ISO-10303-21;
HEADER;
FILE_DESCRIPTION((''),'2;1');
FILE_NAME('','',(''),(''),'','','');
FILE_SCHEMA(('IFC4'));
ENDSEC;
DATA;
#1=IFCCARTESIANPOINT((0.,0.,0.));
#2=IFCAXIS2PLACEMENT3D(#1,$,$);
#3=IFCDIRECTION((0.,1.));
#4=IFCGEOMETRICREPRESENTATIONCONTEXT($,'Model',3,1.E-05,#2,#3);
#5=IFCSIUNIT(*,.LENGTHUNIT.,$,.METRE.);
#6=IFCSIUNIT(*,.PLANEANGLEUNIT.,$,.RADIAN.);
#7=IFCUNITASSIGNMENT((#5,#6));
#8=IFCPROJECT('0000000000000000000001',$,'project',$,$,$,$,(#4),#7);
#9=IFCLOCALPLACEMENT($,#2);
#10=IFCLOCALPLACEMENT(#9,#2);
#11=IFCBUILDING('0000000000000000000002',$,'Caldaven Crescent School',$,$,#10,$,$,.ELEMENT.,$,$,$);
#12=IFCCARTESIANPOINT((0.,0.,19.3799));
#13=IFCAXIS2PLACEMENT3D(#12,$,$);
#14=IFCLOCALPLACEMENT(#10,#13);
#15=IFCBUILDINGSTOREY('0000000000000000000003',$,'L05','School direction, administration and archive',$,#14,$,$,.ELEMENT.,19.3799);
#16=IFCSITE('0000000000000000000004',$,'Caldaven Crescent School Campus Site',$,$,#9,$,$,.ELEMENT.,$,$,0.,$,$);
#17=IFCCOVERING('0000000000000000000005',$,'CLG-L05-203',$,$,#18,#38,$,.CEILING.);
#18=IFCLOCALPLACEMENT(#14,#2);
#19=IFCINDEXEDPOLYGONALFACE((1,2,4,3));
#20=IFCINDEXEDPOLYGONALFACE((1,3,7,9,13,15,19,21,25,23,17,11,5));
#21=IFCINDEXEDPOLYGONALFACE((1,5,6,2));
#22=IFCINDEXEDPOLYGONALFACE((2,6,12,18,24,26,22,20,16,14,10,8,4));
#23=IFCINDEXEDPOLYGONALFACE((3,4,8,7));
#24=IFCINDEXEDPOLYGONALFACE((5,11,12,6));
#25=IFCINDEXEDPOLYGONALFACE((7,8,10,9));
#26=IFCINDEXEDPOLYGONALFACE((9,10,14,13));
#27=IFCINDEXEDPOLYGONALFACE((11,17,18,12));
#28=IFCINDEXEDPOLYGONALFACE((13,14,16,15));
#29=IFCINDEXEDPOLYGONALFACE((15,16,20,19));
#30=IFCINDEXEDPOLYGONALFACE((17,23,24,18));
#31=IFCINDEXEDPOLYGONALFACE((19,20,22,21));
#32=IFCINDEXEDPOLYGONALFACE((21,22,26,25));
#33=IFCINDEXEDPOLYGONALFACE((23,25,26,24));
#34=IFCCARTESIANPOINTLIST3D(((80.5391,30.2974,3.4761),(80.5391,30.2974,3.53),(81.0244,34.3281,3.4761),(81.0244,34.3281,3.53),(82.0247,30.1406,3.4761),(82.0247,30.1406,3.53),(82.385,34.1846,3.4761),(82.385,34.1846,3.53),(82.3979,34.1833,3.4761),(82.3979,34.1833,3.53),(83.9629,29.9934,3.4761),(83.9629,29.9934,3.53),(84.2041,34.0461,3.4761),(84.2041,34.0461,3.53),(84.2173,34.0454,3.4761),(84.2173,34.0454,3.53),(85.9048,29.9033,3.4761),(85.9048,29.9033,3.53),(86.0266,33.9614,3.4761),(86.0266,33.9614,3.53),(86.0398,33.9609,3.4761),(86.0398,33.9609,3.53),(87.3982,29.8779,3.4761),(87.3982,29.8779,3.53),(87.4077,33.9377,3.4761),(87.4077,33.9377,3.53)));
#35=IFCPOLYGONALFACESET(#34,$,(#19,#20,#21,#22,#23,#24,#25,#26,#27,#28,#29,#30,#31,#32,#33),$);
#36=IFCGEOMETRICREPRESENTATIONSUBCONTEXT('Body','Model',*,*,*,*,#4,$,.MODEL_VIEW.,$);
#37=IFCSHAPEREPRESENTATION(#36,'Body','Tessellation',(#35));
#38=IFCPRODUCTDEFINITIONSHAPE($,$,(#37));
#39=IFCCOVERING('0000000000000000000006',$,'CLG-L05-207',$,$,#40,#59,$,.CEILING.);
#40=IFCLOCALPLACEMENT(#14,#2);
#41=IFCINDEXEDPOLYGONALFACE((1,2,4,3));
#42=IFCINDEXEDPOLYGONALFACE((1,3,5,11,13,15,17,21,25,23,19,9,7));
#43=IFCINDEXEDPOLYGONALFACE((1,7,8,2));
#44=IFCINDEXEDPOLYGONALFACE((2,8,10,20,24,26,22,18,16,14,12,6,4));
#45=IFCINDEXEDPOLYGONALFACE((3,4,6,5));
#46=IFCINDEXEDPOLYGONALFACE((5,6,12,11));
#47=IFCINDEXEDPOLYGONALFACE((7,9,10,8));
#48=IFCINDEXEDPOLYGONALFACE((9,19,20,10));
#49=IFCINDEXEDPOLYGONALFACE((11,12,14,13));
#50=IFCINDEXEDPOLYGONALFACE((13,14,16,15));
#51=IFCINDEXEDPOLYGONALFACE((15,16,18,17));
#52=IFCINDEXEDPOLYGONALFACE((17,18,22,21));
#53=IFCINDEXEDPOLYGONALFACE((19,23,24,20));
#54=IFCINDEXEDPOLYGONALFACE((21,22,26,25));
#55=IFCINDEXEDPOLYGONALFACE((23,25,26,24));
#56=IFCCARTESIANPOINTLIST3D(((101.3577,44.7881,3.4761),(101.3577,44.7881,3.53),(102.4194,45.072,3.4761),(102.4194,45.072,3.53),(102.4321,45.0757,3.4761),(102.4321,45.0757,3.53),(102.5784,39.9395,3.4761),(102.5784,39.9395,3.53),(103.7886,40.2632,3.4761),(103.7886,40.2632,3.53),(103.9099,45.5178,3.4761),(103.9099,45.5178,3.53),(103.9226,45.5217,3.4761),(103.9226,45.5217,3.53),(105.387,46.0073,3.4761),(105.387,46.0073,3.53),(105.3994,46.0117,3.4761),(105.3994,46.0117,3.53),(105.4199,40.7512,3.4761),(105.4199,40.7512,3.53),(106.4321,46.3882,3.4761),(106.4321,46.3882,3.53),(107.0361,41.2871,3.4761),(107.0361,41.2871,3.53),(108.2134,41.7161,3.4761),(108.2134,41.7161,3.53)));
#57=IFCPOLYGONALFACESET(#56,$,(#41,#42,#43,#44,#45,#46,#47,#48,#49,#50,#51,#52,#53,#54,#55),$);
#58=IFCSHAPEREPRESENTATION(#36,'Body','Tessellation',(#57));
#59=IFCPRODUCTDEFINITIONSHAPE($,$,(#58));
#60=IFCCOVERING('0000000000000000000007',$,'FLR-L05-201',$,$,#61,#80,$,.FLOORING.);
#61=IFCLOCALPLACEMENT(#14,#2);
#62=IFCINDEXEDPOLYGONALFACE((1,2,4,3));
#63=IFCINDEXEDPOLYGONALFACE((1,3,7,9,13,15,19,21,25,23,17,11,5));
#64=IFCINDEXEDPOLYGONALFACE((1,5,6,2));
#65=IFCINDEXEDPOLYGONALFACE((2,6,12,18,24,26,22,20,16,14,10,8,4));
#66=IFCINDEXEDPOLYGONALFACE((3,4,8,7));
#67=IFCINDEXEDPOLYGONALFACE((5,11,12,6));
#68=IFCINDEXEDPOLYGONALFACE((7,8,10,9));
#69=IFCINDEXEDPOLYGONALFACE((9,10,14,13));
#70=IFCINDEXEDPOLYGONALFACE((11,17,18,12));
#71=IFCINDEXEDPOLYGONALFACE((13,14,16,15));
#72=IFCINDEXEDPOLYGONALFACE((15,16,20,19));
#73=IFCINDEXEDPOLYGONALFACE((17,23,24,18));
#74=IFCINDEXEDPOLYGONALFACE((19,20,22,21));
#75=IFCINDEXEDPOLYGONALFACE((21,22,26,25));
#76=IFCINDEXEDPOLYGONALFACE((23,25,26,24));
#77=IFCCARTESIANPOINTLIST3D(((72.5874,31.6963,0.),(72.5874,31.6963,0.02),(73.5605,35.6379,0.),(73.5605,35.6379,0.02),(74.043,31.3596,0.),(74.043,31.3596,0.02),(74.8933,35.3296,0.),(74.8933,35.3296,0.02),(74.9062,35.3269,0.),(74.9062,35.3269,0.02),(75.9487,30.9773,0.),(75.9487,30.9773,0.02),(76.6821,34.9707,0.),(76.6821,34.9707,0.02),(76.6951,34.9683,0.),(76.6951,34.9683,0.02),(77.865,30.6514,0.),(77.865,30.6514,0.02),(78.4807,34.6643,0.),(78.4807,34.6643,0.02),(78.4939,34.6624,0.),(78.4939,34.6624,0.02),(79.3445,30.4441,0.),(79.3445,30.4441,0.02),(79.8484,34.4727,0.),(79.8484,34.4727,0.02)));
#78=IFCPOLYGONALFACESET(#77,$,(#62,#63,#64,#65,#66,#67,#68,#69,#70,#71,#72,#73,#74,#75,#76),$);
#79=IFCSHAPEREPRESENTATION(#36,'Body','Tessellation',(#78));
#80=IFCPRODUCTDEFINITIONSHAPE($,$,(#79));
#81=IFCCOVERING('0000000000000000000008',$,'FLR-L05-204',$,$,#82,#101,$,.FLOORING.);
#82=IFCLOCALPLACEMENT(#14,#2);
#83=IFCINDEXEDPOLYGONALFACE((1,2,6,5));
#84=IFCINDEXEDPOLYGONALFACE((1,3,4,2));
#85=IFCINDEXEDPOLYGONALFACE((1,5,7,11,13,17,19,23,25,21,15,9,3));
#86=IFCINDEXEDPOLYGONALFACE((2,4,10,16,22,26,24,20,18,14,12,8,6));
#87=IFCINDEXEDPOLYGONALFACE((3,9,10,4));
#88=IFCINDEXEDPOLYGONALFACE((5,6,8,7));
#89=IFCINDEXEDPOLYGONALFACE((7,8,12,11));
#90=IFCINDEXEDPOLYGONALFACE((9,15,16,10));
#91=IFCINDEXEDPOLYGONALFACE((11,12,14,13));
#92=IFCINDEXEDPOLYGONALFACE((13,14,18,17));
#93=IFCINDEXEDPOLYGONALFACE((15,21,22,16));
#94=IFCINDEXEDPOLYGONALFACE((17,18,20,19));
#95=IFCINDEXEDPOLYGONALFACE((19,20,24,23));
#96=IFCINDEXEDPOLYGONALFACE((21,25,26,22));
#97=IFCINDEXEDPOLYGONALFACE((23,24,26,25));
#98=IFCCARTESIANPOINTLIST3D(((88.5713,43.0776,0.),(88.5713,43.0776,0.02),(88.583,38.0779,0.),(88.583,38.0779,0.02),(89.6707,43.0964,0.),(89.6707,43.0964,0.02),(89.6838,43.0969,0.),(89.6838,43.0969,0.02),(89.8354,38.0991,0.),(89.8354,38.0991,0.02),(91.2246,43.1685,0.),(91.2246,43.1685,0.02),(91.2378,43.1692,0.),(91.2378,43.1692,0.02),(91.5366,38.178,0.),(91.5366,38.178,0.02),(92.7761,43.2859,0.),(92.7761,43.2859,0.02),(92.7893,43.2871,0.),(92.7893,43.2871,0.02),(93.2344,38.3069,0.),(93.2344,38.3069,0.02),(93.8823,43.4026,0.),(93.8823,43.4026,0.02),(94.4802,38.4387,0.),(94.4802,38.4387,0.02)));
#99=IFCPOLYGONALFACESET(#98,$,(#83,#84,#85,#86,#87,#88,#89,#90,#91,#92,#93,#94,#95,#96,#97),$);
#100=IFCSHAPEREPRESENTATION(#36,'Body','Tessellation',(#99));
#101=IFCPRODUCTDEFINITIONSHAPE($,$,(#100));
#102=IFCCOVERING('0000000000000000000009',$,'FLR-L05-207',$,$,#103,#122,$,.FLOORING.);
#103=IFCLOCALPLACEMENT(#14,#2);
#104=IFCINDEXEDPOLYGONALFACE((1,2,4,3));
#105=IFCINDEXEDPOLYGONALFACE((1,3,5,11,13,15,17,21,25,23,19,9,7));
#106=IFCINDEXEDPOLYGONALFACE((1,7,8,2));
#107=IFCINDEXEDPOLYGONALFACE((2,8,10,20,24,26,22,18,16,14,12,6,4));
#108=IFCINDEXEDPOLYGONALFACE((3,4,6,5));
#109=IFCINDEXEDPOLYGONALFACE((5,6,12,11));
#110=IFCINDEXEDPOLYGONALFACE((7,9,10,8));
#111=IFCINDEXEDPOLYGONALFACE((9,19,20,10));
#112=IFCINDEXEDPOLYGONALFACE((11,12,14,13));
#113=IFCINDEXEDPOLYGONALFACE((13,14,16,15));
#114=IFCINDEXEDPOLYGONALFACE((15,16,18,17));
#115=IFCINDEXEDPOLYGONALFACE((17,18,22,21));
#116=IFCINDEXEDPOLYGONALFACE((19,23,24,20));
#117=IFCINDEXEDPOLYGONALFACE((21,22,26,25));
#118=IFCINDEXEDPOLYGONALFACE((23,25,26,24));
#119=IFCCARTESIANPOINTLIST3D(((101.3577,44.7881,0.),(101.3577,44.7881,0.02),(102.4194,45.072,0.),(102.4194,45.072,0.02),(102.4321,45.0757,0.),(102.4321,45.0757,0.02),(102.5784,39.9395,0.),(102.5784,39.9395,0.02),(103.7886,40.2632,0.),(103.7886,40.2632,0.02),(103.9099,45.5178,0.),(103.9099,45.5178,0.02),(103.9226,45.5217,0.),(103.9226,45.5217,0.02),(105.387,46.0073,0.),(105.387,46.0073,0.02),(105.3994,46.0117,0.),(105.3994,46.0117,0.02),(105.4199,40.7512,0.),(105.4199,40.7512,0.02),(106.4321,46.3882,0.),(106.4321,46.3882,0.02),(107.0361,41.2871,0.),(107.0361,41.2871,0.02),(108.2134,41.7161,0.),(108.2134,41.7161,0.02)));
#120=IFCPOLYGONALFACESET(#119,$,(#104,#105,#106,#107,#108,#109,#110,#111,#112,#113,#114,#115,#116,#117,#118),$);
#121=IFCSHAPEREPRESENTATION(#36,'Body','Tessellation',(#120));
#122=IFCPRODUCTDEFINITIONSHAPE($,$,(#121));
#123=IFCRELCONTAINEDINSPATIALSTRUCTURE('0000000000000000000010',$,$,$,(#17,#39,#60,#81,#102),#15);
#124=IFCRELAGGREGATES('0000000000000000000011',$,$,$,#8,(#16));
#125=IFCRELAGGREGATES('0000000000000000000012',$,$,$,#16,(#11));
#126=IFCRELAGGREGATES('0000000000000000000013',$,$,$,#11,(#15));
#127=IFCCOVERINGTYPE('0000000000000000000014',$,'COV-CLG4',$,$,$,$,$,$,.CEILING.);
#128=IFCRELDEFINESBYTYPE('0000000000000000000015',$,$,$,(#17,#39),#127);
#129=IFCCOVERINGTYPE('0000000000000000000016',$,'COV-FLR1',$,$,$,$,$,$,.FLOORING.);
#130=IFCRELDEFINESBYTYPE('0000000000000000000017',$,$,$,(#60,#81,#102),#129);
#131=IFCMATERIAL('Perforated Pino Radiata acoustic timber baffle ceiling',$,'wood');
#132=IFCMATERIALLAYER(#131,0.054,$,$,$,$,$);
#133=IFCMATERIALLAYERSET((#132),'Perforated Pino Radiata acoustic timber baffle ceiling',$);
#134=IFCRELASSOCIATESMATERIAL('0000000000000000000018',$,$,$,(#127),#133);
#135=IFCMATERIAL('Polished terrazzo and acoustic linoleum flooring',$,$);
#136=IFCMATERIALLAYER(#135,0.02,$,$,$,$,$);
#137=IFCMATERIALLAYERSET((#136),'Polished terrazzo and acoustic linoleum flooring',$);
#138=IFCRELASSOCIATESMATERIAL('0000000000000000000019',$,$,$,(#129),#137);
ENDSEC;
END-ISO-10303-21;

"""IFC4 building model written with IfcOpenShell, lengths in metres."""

from ifc_helpers import new_model, si_unit, direction, frame, origin, place, context, subcontext, project, spatial, polyline, outline, extrude, material, layer, layer_set, type_object, element, save


model = new_model("IFC4")

# Units and contexts
model_context = context("Model", 3, precision=1e-05, world=origin(), true_north=direction((0.0, 1.0)))
body_context = subcontext(model_context, "Body", "Model", "MODEL_VIEW")
ifc_project = project(units=[si_unit("LENGTHUNIT", "METRE"), si_unit("PLANEANGLEUNIT", "RADIAN")], contexts=[model_context])

# Site, building, storey
site_placement = place(None, origin())
site = spatial("IfcSite", under=ifc_project, at=site_placement, Name="Caldaven Crescent School Campus Site", CompositionType="ELEMENT", RefElevation=0.0)
building_placement = place(site_placement, origin())
building = spatial("IfcBuilding", under=site, at=building_placement, Name="Caldaven Crescent School", CompositionType="ELEMENT")
storey_placement = place(building_placement, frame((0.0, 0.0, 19.3799)))
storey = spatial("IfcBuildingStorey", under=building, at=storey_placement, Name="L05", Description="School direction, administration and archive", CompositionType="ELEMENT", Elevation=19.3799)

# Coverings
ifc_material_1 = material(Name="Perforated Pino Radiata acoustic timber baffle ceiling", Category="wood")
ifc_layer_1 = layer(ifc_material_1, 0.054)
ifc_layer_set_1 = layer_set([ifc_layer_1], Name="Perforated Pino Radiata acoustic timber baffle ceiling")
covering_type_1 = type_object("IfcCoveringType", Name="COV-CLG4", PredefinedType="CEILING", material=ifc_layer_set_1)
covering_1_placement = place(storey_placement, frame((0.0, 0.0, 3.4761)))
element("IfcCovering", 1, at=covering_1_placement, inside=storey, type_object=covering_type_1, Name="CLG-L05-203", PredefinedType="CEILING", context=body_context, shape_type="SweptSolid", body=[
    extrude(outline(polyline([(82.385, 34.1846), (82.3979, 34.1833), (84.2041, 34.0461), (84.2173, 34.0454), (86.0266, 33.9614), (86.0398, 33.9609), (87.4077, 33.9377), (87.3982, 29.8779), (85.9048, 29.9033), (83.9629, 29.9934), (82.0247, 30.1406), (80.5391, 30.2974), (81.0244, 34.3281), (82.385, 34.1846)])), origin(), (0.0, 0.0, 1.0), 0.054),
])
covering_2_placement = place(storey_placement, frame((0.0, 0.0, 3.4761)))
element("IfcCovering", 2, at=covering_2_placement, inside=storey, type_object=covering_type_1, Name="CLG-L05-207", PredefinedType="CEILING", context=body_context, shape_type="SweptSolid", body=[
    extrude(outline(polyline([(102.4194, 45.072), (102.4321, 45.0757), (103.9099, 45.5178), (103.9226, 45.5217), (105.387, 46.0073), (105.3994, 46.0117), (106.4321, 46.3882), (108.2134, 41.7161), (107.0361, 41.2871), (105.4199, 40.7512), (103.7886, 40.2632), (102.5784, 39.9395), (101.3577, 44.7881), (102.4194, 45.072)])), origin(), (0.0, 0.0, 1.0), 0.054),
])
ifc_material_2 = material(Name="Polished terrazzo and acoustic linoleum flooring")
ifc_layer_2 = layer(ifc_material_2, 0.02)
ifc_layer_set_2 = layer_set([ifc_layer_2], Name="Polished terrazzo and acoustic linoleum flooring")
covering_type_2 = type_object("IfcCoveringType", Name="COV-FLR1", PredefinedType="FLOORING", material=ifc_layer_set_2)
covering_3_placement = place(storey_placement, origin())
element("IfcCovering", 3, at=covering_3_placement, inside=storey, type_object=covering_type_2, Name="FLR-L05-201", PredefinedType="FLOORING", context=body_context, shape_type="SweptSolid", body=[
    extrude(outline(polyline([(73.5605, 35.6379), (74.8933, 35.3296), (74.9062, 35.3269), (76.6821, 34.9707), (76.6951, 34.9683), (78.4807, 34.6643), (78.4939, 34.6624), (79.8484, 34.4727), (79.3445, 30.4441), (77.865, 30.6514), (75.9487, 30.9773), (74.043, 31.3596), (72.5874, 31.6963), (73.5605, 35.6379)])), origin(), (0.0, 0.0, 1.0), 0.02),
])
covering_4_placement = place(storey_placement, origin())
element("IfcCovering", 4, at=covering_4_placement, inside=storey, type_object=covering_type_2, Name="FLR-L05-204", PredefinedType="FLOORING", context=body_context, shape_type="SweptSolid", body=[
    extrude(outline(polyline([(88.5713, 43.0776), (89.6707, 43.0964), (89.6838, 43.0969), (91.2246, 43.1685), (91.2378, 43.1692), (92.7761, 43.2859), (92.7893, 43.2871), (93.8823, 43.4026), (94.4802, 38.4387), (93.2344, 38.3069), (91.5366, 38.178), (89.8354, 38.0991), (88.583, 38.0779), (88.5713, 43.0776)])), origin(), (0.0, 0.0, 1.0), 0.02),
])
covering_5_placement = place(storey_placement, origin())
element("IfcCovering", 5, at=covering_5_placement, inside=storey, type_object=covering_type_2, Name="FLR-L05-207", PredefinedType="FLOORING", context=body_context, shape_type="SweptSolid", body=[
    extrude(outline(polyline([(101.3577, 44.7881), (102.4194, 45.072), (102.4321, 45.0757), (103.9099, 45.5178), (103.9226, 45.5217), (105.387, 46.0073), (105.3994, 46.0117), (106.4321, 46.3882), (108.2134, 41.7161), (107.0361, 41.2871), (105.4199, 40.7512), (103.7886, 40.2632), (102.5784, 39.9395), (101.3577, 44.7881)])), origin(), (0.0, 0.0, 1.0), 0.02),
])

save(model, "model.ifc")
